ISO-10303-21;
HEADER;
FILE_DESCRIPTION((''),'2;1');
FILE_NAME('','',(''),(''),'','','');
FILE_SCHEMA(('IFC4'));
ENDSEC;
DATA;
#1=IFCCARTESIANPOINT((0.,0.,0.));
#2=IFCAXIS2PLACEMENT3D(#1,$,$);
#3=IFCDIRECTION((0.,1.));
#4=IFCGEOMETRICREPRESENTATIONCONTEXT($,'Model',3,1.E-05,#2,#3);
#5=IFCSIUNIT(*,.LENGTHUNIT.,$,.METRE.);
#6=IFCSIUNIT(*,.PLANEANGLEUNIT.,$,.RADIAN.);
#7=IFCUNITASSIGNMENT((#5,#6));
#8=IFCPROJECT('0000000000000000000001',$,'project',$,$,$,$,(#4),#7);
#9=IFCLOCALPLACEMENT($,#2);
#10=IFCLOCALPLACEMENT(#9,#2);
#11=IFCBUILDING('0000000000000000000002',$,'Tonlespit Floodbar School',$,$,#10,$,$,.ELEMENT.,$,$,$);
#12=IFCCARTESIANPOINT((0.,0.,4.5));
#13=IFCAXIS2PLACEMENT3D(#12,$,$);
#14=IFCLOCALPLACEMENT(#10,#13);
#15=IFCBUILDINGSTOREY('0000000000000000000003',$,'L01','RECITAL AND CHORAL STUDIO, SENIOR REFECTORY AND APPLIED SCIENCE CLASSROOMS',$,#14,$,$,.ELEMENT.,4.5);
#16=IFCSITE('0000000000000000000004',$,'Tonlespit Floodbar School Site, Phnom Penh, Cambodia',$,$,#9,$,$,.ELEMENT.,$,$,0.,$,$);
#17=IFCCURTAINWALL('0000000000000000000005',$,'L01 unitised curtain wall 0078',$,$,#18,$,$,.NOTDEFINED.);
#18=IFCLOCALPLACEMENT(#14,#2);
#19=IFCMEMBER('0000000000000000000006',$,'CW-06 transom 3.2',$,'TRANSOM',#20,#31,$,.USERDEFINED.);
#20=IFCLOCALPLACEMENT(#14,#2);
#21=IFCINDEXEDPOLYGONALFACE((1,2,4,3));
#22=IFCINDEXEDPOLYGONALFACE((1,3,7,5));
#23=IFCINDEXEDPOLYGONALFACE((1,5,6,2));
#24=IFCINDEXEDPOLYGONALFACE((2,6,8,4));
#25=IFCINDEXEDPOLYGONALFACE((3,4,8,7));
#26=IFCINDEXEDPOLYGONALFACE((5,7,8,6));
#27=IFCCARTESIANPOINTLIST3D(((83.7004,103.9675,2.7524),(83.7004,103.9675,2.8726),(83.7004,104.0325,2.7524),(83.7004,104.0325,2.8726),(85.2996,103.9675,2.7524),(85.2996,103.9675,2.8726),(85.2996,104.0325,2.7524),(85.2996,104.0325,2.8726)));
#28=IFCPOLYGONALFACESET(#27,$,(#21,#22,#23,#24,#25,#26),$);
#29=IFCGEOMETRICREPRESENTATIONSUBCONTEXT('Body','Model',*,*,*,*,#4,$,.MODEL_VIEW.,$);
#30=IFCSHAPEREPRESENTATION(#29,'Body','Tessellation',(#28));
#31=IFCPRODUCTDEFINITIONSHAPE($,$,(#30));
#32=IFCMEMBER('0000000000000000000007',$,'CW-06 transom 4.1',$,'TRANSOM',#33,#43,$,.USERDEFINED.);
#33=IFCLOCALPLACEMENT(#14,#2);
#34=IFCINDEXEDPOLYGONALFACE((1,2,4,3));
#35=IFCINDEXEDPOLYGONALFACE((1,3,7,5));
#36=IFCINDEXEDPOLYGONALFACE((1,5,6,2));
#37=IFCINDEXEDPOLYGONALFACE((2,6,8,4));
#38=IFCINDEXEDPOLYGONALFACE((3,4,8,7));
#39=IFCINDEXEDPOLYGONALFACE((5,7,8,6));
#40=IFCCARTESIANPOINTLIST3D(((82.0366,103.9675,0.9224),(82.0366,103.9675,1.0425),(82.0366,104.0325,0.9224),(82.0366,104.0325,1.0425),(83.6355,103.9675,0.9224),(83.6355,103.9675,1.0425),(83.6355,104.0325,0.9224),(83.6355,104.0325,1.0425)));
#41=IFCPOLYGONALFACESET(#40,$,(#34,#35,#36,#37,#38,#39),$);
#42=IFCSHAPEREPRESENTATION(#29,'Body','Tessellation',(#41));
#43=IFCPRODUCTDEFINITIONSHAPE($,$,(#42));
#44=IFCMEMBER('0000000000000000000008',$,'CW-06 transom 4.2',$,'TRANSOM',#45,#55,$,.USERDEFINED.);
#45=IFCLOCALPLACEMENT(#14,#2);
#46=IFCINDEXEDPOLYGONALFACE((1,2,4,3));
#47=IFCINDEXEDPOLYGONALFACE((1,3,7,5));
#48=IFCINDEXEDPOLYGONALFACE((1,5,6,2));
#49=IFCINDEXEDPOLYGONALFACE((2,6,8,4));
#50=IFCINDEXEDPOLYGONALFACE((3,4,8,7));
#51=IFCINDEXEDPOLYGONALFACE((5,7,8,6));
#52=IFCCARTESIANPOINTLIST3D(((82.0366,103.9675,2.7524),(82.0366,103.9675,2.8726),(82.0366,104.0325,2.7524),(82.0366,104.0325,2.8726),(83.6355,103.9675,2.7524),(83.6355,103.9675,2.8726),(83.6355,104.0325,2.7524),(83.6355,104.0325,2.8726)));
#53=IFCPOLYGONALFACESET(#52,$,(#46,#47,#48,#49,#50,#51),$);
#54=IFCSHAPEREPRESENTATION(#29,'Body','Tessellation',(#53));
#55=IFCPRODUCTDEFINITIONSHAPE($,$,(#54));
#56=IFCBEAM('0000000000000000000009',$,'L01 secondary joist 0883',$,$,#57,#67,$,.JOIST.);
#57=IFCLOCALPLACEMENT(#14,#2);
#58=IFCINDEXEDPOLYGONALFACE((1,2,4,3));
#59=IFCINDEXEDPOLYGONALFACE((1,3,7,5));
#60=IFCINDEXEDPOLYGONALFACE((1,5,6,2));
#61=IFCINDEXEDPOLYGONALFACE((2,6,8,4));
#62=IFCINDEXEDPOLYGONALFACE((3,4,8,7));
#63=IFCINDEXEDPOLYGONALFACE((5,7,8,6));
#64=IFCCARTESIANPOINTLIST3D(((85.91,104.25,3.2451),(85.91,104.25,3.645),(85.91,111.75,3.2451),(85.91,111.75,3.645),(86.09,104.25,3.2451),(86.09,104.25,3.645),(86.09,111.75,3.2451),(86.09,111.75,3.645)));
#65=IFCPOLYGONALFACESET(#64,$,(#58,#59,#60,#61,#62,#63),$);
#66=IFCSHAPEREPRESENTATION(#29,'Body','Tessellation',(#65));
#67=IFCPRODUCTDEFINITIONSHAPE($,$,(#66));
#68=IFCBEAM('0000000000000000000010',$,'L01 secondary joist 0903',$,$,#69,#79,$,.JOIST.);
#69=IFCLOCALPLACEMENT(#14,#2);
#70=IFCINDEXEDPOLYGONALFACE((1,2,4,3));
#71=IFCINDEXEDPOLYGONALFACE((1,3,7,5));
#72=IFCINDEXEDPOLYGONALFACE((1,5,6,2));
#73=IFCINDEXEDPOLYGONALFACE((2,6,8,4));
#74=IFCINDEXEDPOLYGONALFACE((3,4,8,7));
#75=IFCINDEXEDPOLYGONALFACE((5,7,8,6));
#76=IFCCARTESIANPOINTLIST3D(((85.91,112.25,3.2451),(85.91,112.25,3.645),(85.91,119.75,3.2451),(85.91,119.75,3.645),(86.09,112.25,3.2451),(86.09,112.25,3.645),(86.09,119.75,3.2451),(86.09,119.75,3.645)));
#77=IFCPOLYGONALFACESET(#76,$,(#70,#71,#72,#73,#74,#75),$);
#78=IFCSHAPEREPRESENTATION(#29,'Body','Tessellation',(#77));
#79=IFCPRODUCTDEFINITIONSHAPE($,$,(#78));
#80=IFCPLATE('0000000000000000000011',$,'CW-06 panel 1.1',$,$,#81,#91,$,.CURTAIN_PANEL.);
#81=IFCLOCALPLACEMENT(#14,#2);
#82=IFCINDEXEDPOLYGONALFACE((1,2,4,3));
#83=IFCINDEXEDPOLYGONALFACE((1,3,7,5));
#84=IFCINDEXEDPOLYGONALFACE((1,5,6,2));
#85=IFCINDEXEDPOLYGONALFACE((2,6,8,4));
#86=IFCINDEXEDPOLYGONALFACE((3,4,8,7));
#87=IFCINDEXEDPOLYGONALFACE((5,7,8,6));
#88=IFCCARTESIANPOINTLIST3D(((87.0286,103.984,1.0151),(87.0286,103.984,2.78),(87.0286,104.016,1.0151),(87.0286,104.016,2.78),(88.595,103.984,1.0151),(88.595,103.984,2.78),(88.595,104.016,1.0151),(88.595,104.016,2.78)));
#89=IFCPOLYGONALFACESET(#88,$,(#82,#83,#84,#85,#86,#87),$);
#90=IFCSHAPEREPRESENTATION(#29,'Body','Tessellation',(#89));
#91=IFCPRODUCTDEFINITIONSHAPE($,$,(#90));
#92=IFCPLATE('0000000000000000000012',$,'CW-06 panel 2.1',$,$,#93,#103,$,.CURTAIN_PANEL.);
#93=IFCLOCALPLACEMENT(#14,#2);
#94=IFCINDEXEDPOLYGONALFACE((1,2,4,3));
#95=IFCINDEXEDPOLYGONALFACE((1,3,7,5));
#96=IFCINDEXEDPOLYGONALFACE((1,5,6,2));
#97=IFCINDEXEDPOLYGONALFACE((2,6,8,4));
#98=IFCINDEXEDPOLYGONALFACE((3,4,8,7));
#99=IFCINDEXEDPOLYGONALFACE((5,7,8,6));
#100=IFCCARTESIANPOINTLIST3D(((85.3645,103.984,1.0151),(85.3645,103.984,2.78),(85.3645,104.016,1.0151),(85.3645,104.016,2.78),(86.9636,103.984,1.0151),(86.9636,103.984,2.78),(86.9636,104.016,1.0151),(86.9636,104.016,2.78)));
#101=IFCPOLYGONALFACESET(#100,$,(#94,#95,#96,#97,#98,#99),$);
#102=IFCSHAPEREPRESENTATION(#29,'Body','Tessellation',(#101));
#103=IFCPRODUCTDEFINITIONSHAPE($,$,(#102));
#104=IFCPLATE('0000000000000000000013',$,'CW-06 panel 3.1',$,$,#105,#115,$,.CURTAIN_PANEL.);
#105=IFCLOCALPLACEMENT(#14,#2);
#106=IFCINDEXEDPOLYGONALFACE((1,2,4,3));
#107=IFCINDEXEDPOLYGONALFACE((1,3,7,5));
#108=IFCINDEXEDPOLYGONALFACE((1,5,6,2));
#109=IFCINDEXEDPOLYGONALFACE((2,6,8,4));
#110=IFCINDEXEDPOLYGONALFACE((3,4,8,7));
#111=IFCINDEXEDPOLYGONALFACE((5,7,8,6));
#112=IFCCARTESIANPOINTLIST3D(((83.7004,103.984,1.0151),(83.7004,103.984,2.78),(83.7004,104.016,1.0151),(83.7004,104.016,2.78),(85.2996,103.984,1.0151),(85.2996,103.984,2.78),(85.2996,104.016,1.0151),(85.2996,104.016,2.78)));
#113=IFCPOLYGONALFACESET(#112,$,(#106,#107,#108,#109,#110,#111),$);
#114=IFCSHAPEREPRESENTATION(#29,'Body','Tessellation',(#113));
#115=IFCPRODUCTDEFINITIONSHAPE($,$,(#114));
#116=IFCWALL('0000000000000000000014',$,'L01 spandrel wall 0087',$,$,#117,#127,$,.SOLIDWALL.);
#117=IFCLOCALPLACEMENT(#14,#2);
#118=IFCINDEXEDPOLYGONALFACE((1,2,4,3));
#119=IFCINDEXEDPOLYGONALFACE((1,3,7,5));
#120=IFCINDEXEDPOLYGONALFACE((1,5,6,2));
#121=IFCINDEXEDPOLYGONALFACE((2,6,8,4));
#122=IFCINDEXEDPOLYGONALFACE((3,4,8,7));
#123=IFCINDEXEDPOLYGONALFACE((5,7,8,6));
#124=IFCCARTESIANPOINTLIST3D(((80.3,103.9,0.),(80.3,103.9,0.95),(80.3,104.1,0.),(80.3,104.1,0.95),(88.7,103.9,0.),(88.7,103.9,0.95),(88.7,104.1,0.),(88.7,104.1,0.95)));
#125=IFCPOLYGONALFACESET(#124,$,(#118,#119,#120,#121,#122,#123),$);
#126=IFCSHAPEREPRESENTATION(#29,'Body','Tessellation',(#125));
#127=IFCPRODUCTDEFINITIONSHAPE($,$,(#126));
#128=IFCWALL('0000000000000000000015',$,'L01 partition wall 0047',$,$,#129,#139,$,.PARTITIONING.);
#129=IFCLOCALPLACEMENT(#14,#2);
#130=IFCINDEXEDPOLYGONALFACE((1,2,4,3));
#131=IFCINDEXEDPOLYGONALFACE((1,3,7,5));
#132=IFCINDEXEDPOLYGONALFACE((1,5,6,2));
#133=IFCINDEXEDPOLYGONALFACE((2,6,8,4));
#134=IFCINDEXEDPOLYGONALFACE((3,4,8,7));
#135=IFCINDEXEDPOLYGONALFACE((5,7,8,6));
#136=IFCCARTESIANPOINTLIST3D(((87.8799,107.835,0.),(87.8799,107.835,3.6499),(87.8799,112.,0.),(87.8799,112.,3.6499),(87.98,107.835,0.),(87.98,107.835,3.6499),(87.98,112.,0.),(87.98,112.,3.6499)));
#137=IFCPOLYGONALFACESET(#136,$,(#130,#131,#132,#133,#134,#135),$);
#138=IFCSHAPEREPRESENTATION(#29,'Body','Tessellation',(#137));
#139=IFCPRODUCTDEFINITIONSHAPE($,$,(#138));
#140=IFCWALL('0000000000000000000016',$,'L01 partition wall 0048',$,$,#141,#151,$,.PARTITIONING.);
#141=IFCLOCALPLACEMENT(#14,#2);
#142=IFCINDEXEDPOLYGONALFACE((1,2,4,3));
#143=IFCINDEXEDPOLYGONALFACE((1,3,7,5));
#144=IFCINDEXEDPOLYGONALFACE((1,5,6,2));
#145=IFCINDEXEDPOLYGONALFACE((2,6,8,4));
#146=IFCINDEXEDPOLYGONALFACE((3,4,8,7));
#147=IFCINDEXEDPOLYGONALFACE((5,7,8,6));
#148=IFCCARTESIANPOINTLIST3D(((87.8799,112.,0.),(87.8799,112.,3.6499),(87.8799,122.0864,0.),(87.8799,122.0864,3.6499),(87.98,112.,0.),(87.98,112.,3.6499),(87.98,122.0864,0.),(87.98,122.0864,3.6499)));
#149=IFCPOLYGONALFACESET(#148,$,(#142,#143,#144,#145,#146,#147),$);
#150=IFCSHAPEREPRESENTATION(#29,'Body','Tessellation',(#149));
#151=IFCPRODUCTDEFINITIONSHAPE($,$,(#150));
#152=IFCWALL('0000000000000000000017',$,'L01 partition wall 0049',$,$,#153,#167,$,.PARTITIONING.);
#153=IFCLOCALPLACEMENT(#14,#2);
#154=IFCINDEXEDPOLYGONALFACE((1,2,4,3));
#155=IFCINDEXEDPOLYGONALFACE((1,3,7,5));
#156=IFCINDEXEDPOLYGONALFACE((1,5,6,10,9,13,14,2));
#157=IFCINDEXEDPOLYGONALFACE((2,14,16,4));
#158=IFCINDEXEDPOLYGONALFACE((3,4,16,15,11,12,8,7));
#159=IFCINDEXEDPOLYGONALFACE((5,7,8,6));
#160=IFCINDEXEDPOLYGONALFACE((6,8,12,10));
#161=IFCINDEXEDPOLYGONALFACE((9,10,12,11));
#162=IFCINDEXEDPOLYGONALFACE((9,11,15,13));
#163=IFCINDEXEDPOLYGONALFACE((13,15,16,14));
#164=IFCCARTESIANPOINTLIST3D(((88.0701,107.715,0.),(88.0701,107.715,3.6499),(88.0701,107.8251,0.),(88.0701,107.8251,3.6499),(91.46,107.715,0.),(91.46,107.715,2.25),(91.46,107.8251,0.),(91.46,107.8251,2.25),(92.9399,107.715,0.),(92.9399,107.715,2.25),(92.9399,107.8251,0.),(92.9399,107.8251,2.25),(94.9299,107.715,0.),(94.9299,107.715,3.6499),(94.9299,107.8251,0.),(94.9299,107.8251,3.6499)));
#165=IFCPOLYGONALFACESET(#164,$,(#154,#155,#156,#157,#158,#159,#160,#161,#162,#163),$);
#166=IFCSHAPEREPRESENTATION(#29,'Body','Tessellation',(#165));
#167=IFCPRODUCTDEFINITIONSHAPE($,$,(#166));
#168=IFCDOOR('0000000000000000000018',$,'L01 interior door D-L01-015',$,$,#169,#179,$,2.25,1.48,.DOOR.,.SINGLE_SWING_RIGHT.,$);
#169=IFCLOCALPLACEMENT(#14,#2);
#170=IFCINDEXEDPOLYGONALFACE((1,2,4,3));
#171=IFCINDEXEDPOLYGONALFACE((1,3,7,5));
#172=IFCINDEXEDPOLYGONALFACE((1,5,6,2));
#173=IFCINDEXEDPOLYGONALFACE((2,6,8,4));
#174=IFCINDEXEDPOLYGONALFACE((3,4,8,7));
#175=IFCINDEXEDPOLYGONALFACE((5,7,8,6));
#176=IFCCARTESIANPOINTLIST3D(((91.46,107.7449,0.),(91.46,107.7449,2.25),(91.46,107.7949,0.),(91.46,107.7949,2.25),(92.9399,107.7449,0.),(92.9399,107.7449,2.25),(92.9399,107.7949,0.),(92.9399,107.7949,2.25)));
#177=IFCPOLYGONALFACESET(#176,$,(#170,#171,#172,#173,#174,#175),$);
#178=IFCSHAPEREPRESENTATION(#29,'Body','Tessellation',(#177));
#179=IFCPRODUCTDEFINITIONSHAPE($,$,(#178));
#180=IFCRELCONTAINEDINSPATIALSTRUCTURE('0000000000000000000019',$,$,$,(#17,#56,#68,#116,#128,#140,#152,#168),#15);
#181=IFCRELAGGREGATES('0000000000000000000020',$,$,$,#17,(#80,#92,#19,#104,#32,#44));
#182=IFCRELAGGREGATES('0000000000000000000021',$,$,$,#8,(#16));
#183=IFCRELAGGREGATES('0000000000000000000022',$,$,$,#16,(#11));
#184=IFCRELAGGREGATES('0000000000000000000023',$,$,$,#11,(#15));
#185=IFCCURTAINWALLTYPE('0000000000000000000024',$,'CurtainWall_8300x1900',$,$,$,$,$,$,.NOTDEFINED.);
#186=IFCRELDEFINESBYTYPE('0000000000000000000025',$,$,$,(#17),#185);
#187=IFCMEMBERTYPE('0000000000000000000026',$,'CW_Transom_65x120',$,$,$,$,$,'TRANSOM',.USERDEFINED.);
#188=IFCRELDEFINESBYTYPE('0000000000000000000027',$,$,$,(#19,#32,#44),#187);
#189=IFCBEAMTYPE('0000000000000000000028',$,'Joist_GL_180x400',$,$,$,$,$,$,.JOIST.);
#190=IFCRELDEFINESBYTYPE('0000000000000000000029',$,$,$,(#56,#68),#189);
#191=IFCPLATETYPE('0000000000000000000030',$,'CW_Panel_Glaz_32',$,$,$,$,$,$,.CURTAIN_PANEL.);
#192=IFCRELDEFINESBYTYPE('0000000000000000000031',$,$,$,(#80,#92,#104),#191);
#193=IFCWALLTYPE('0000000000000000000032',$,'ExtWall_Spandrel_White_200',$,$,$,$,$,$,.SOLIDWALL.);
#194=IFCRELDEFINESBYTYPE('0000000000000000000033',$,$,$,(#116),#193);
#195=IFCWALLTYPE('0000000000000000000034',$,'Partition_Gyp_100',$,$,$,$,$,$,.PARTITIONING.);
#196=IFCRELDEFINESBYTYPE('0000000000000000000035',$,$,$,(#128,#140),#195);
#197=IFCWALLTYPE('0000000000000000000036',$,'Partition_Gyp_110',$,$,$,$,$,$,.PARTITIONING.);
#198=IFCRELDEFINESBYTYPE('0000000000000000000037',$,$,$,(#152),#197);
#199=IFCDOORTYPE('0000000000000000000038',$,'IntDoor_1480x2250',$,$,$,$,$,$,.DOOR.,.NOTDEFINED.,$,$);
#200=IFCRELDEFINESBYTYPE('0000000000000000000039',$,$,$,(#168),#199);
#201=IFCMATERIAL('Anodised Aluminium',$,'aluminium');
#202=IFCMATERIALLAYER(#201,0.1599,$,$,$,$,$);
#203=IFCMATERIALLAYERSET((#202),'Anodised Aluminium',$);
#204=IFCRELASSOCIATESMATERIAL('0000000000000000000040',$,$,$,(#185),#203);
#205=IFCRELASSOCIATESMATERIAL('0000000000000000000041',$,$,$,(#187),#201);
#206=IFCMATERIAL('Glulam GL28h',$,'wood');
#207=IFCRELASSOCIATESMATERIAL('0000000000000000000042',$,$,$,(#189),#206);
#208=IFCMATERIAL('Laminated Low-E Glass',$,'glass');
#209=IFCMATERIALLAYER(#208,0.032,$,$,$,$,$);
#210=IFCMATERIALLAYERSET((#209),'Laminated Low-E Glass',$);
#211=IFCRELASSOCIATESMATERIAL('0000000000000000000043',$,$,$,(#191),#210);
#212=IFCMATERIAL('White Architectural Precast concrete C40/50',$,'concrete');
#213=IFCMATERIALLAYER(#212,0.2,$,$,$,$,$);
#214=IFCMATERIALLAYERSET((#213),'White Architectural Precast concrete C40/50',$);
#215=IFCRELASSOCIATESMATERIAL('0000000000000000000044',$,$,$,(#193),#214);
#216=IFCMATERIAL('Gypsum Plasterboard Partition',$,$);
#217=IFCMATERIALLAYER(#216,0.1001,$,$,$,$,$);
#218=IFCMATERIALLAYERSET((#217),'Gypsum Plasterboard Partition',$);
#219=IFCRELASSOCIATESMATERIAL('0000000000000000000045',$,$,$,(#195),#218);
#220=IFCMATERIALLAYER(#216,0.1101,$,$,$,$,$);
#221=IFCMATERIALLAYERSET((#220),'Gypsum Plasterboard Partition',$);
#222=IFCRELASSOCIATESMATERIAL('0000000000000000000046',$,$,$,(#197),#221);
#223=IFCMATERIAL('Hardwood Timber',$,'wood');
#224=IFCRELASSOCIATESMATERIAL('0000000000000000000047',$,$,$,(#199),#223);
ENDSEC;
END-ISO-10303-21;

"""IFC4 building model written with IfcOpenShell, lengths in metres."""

from ifc_helpers import new_model, si_unit, direction, frame, frame_2d, origin, origin_2d, place, context, subcontext, project, spatial, rectangle, extrude, material, layer, layer_set, material_profile, profile_set, type_object, element, fill, aggregate, save


model = new_model("IFC4")

# Units and contexts
model_context = context("Model", 3, precision=1e-05, world=origin(), true_north=direction((0.0, 1.0)))
body_context = subcontext(model_context, "Body", "Model", "MODEL_VIEW")
ifc_project = project(units=[si_unit("LENGTHUNIT", "METRE"), si_unit("PLANEANGLEUNIT", "RADIAN")], contexts=[model_context])

# Site, building, storey
site_placement = place(None, origin())
site = spatial("IfcSite", under=ifc_project, at=site_placement, Name="Tonlespit Floodbar School Site, Phnom Penh, Cambodia", CompositionType="ELEMENT", RefElevation=0.0)
building_placement = place(site_placement, origin())
building = spatial("IfcBuilding", under=site, at=building_placement, Name="Tonlespit Floodbar School", CompositionType="ELEMENT")
storey_placement = place(building_placement, frame((0.0, 0.0, 4.5)))
storey = spatial("IfcBuildingStorey", under=building, at=storey_placement, Name="L01", Description="RECITAL AND CHORAL STUDIO, SENIOR REFECTORY AND APPLIED SCIENCE CLASSROOMS", CompositionType="ELEMENT", Elevation=4.5)

# Curtain wall, members
ifc_material_1 = material(Name="Anodised Aluminium", Category="aluminium")
ifc_layer_1 = layer(ifc_material_1, 0.1599)
ifc_layer_set_1 = layer_set([ifc_layer_1], Name="Anodised Aluminium")
curtain_wall_type = type_object("IfcCurtainWallType", Name="CurtainWall_8300x1900", PredefinedType="NOTDEFINED", material=ifc_layer_set_1)
curtain_wall_placement = place(storey_placement, origin())
curtain_wall = element("IfcCurtainWall", 1, at=curtain_wall_placement, inside=storey, type_object=curtain_wall_type, Name="L01 unitised curtain wall 0078", PredefinedType="NOTDEFINED")
ifc_material_profile_1 = material_profile(ifc_material_1, rectangle(XDim=0.0649, YDim=0.1201, at=origin_2d()), Name="ALU T65x120")
ifc_profile_set_1 = profile_set([ifc_material_profile_1], Name="Anodised Aluminium")
member_type_1 = type_object("IfcMemberType", Name="CW_Transom_65x120", ElementType="TRANSOM", PredefinedType="USERDEFINED", material=ifc_profile_set_1)
member_1_placement = place(storey_placement, frame((85.2996, 104.0, 2.8125), z_axis=(-1.0, 0.0, 0.0), x_axis=(0.0, -1.0, 0.0)))
member_1 = element("IfcMember", 2, at=member_1_placement, type_object=member_type_1, Name="CW-06 transom 3.2", ObjectType="TRANSOM", PredefinedType="USERDEFINED", context=body_context, shape_type="SweptSolid", body=[
    extrude(rectangle(XDim=0.0649, YDim=0.1201, at=origin_2d()), origin(), (0.0, 0.0, 1.0), 1.5991),
])
member_2_placement = place(storey_placement, frame((83.6355, 104.0, 0.9824), z_axis=(-1.0, 0.0, 0.0), x_axis=(0.0, -1.0, 0.0)))
member_2 = element("IfcMember", 3, at=member_2_placement, type_object=member_type_1, Name="CW-06 transom 4.1", ObjectType="TRANSOM", PredefinedType="USERDEFINED", context=body_context, shape_type="SweptSolid", body=[
    extrude(rectangle(XDim=0.0649, YDim=0.1201, at=origin_2d()), origin(), (0.0, 0.0, 1.0), 1.5989),
])
member_3_placement = place(storey_placement, frame((83.6355, 104.0, 2.8125), z_axis=(-1.0, 0.0, 0.0), x_axis=(0.0, -1.0, 0.0)))
member_3 = element("IfcMember", 4, at=member_3_placement, type_object=member_type_1, Name="CW-06 transom 4.2", ObjectType="TRANSOM", PredefinedType="USERDEFINED", context=body_context, shape_type="SweptSolid", body=[
    extrude(rectangle(XDim=0.0649, YDim=0.1201, at=origin_2d()), origin(), (0.0, 0.0, 1.0), 1.5989),
])

# Beams
ifc_material_2 = material(Name="Glulam GL28h", Category="wood")
ifc_material_profile_2 = material_profile(ifc_material_2, rectangle(XDim=0.1799, YDim=0.3999, at=origin_2d()), Name="GL 180x400")
ifc_profile_set_2 = profile_set([ifc_material_profile_2], Name="Glulam GL28h")
beam_type_1 = type_object("IfcBeamType", Name="Joist_GL_180x400", PredefinedType="JOIST", material=ifc_profile_set_2)
for number, where, z_axis, x_axis, name in (
    (5, (86.0, 104.25, 3.4451), (0.0, 1.0, 0.0), (-1.0, 0.0, 0.0), "L01 secondary joist 0883"),
    (6, (86.0, 112.25, 3.4451), (0.0, 1.0, 0.0), (-1.0, 0.0, 0.0), "L01 secondary joist 0903"),
):
    element("IfcBeam", number, at=place(storey_placement, frame(where, z_axis=z_axis, x_axis=x_axis)), inside=storey, type_object=beam_type_1, Name=name, PredefinedType="JOIST", context=body_context, shape_type="SweptSolid", body=[
        extrude(rectangle(XDim=0.1799, YDim=0.3999, at=origin_2d()), origin(), (0.0, 0.0, 1.0), 7.5),
    ])

# Plates
ifc_material_3 = material(Name="Laminated Low-E Glass", Category="glass")
ifc_layer_2 = layer(ifc_material_3, 0.032)
ifc_layer_set_2 = layer_set([ifc_layer_2], Name="Laminated Low-E Glass")
plate_type = type_object("IfcPlateType", Name="CW_Panel_Glaz_32", PredefinedType="CURTAIN_PANEL", material=ifc_layer_set_2)
plate_1_placement = place(storey_placement, frame((87.8118, 104.0, 1.0151), z_axis=(0.0, 0.0, 1.0), x_axis=(-1.0, 0.0, 0.0)))
plate_1 = element("IfcPlate", 7, at=plate_1_placement, type_object=plate_type, Name="CW-06 panel 1.1", PredefinedType="CURTAIN_PANEL", context=body_context, shape_type="SweptSolid", body=[
    extrude(rectangle(XDim=1.5664, YDim=0.032, at=origin_2d()), origin(), (0.0, 0.0, 1.0), 1.7649),
])
plate_2_placement = place(storey_placement, frame((86.1641, 104.0, 1.0151), z_axis=(0.0, 0.0, 1.0), x_axis=(-1.0, 0.0, 0.0)))
plate_2 = element("IfcPlate", 8, at=plate_2_placement, type_object=plate_type, Name="CW-06 panel 2.1", PredefinedType="CURTAIN_PANEL", context=body_context, shape_type="SweptSolid", body=[
    extrude(rectangle(XDim=1.5991, YDim=0.032, at=origin_2d()), origin(), (0.0, 0.0, 1.0), 1.7649),
])
plate_3_placement = place(storey_placement, frame((84.5, 104.0, 1.0151), z_axis=(0.0, 0.0, 1.0), x_axis=(-1.0, 0.0, 0.0)))
plate_3 = element("IfcPlate", 9, at=plate_3_placement, type_object=plate_type, Name="CW-06 panel 3.1", PredefinedType="CURTAIN_PANEL", context=body_context, shape_type="SweptSolid", body=[
    extrude(rectangle(XDim=1.5991, YDim=0.032, at=origin_2d()), origin(), (0.0, 0.0, 1.0), 1.7649),
])
aggregate(curtain_wall, [plate_1, plate_2, member_1, plate_3, member_2, member_3])

# Walls
ifc_material_4 = material(Name="White Architectural Precast concrete C40/50", Category="concrete")
ifc_layer_3 = layer(ifc_material_4, 0.2)
ifc_layer_set_3 = layer_set([ifc_layer_3], Name="White Architectural Precast concrete C40/50")
wall_type_1 = type_object("IfcWallType", Name="ExtWall_Spandrel_White_200", PredefinedType="SOLIDWALL", material=ifc_layer_set_3)
wall_1_placement = place(storey_placement, frame((88.7, 104.0, 0.0), z_axis=(0.0, 0.0, 1.0), x_axis=(-1.0, 0.0, 0.0)))
element("IfcWall", 10, at=wall_1_placement, inside=storey, type_object=wall_type_1, Name="L01 spandrel wall 0087", PredefinedType="SOLIDWALL", context=body_context, shape_type="SweptSolid", body=[
    extrude(rectangle(XDim=8.3999, YDim=0.2, at=frame_2d((4.2, 0.0))), origin(), (0.0, 0.0, 1.0), 0.95),
])
ifc_material_5 = material(Name="Gypsum Plasterboard Partition")
ifc_layer_4 = layer(ifc_material_5, 0.1001)
ifc_layer_set_4 = layer_set([ifc_layer_4], Name="Gypsum Plasterboard Partition")
wall_type_2 = type_object("IfcWallType", Name="Partition_Gyp_100", PredefinedType="PARTITIONING", material=ifc_layer_set_4)
wall_2_placement = place(storey_placement, frame((87.9299, 107.835, 0.0), z_axis=(0.0, 0.0, 1.0), x_axis=(0.0, 1.0, 0.0)))
element("IfcWall", 11, at=wall_2_placement, inside=storey, type_object=wall_type_2, Name="L01 partition wall 0047", PredefinedType="PARTITIONING", context=body_context, shape_type="SweptSolid", body=[
    extrude(rectangle(XDim=4.165, YDim=0.1001, at=frame_2d((2.0825, 0.0))), origin(), (0.0, 0.0, 1.0), 3.6499),
])
wall_3_placement = place(storey_placement, frame((87.9299, 112.0, 0.0), z_axis=(0.0, 0.0, 1.0), x_axis=(0.0, 1.0, 0.0)))
element("IfcWall", 12, at=wall_3_placement, inside=storey, type_object=wall_type_2, Name="L01 partition wall 0048", PredefinedType="PARTITIONING", context=body_context, shape_type="SweptSolid", body=[
    extrude(rectangle(XDim=10.0864, YDim=0.1001, at=frame_2d((5.0432, 0.0))), origin(), (0.0, 0.0, 1.0), 3.6499),
])

# Wall, opening, door
ifc_layer_5 = layer(ifc_material_5, 0.1101)
ifc_layer_set_5 = layer_set([ifc_layer_5], Name="Gypsum Plasterboard Partition")
wall_type_3 = type_object("IfcWallType", Name="Partition_Gyp_110", PredefinedType="PARTITIONING", material=ifc_layer_set_5)
wall_4_placement = place(storey_placement, frame((88.0701, 107.77, 0.0), z_axis=(0.0, 0.0, 1.0), x_axis=(1.0, 0.0, 0.0)))
wall_4 = element("IfcWall", 13, at=wall_4_placement, inside=storey, type_object=wall_type_3, Name="L01 partition wall 0049", PredefinedType="PARTITIONING", context=body_context, shape_type="SweptSolid", body=[
    extrude(rectangle(XDim=6.8599, YDim=0.1101, at=frame_2d((3.4299, 0.0))), origin(), (0.0, 0.0, 1.0), 3.6499),
])
opening_placement = place(wall_4_placement, frame((3.3899, 0.0, 0.0)))
opening = element("IfcOpeningElement", 14, at=opening_placement, cuts=wall_4, PredefinedType="OPENING", context=body_context, shape_type="SweptSolid", body=[
    extrude(rectangle(XDim=1.48, YDim=2.25, at=frame_2d((0.74, 1.125))), frame((0.0, 0.0649, 0.0), z_axis=(0.0, -1.0, 0.0), x_axis=(1.0, 0.0, 0.0)), (0.0, 0.0, 1.0), 0.1301),
])
ifc_material_6 = material(Name="Hardwood Timber", Category="wood")
door_type = type_object("IfcDoorType", Name="IntDoor_1480x2250", OperationType="NOTDEFINED", PredefinedType="DOOR", material=ifc_material_6)
door_placement = place(opening_placement, origin())
door = element("IfcDoor", 15, at=door_placement, inside=storey, type_object=door_type, Name="L01 interior door D-L01-015", OperationType="SINGLE_SWING_RIGHT", OverallHeight=2.25, OverallWidth=1.48, PredefinedType="DOOR", context=body_context, shape_type="SweptSolid", body=[
    extrude(rectangle(XDim=1.48, YDim=2.25, at=frame_2d((0.74, 1.125))), frame((0.0, 0.0249, 0.0), z_axis=(0.0, -1.0, 0.0), x_axis=(1.0, 0.0, 0.0)), (0.0, 0.0, 1.0), 0.05),
])
fill(opening, door)

save(model, "model.ifc")
